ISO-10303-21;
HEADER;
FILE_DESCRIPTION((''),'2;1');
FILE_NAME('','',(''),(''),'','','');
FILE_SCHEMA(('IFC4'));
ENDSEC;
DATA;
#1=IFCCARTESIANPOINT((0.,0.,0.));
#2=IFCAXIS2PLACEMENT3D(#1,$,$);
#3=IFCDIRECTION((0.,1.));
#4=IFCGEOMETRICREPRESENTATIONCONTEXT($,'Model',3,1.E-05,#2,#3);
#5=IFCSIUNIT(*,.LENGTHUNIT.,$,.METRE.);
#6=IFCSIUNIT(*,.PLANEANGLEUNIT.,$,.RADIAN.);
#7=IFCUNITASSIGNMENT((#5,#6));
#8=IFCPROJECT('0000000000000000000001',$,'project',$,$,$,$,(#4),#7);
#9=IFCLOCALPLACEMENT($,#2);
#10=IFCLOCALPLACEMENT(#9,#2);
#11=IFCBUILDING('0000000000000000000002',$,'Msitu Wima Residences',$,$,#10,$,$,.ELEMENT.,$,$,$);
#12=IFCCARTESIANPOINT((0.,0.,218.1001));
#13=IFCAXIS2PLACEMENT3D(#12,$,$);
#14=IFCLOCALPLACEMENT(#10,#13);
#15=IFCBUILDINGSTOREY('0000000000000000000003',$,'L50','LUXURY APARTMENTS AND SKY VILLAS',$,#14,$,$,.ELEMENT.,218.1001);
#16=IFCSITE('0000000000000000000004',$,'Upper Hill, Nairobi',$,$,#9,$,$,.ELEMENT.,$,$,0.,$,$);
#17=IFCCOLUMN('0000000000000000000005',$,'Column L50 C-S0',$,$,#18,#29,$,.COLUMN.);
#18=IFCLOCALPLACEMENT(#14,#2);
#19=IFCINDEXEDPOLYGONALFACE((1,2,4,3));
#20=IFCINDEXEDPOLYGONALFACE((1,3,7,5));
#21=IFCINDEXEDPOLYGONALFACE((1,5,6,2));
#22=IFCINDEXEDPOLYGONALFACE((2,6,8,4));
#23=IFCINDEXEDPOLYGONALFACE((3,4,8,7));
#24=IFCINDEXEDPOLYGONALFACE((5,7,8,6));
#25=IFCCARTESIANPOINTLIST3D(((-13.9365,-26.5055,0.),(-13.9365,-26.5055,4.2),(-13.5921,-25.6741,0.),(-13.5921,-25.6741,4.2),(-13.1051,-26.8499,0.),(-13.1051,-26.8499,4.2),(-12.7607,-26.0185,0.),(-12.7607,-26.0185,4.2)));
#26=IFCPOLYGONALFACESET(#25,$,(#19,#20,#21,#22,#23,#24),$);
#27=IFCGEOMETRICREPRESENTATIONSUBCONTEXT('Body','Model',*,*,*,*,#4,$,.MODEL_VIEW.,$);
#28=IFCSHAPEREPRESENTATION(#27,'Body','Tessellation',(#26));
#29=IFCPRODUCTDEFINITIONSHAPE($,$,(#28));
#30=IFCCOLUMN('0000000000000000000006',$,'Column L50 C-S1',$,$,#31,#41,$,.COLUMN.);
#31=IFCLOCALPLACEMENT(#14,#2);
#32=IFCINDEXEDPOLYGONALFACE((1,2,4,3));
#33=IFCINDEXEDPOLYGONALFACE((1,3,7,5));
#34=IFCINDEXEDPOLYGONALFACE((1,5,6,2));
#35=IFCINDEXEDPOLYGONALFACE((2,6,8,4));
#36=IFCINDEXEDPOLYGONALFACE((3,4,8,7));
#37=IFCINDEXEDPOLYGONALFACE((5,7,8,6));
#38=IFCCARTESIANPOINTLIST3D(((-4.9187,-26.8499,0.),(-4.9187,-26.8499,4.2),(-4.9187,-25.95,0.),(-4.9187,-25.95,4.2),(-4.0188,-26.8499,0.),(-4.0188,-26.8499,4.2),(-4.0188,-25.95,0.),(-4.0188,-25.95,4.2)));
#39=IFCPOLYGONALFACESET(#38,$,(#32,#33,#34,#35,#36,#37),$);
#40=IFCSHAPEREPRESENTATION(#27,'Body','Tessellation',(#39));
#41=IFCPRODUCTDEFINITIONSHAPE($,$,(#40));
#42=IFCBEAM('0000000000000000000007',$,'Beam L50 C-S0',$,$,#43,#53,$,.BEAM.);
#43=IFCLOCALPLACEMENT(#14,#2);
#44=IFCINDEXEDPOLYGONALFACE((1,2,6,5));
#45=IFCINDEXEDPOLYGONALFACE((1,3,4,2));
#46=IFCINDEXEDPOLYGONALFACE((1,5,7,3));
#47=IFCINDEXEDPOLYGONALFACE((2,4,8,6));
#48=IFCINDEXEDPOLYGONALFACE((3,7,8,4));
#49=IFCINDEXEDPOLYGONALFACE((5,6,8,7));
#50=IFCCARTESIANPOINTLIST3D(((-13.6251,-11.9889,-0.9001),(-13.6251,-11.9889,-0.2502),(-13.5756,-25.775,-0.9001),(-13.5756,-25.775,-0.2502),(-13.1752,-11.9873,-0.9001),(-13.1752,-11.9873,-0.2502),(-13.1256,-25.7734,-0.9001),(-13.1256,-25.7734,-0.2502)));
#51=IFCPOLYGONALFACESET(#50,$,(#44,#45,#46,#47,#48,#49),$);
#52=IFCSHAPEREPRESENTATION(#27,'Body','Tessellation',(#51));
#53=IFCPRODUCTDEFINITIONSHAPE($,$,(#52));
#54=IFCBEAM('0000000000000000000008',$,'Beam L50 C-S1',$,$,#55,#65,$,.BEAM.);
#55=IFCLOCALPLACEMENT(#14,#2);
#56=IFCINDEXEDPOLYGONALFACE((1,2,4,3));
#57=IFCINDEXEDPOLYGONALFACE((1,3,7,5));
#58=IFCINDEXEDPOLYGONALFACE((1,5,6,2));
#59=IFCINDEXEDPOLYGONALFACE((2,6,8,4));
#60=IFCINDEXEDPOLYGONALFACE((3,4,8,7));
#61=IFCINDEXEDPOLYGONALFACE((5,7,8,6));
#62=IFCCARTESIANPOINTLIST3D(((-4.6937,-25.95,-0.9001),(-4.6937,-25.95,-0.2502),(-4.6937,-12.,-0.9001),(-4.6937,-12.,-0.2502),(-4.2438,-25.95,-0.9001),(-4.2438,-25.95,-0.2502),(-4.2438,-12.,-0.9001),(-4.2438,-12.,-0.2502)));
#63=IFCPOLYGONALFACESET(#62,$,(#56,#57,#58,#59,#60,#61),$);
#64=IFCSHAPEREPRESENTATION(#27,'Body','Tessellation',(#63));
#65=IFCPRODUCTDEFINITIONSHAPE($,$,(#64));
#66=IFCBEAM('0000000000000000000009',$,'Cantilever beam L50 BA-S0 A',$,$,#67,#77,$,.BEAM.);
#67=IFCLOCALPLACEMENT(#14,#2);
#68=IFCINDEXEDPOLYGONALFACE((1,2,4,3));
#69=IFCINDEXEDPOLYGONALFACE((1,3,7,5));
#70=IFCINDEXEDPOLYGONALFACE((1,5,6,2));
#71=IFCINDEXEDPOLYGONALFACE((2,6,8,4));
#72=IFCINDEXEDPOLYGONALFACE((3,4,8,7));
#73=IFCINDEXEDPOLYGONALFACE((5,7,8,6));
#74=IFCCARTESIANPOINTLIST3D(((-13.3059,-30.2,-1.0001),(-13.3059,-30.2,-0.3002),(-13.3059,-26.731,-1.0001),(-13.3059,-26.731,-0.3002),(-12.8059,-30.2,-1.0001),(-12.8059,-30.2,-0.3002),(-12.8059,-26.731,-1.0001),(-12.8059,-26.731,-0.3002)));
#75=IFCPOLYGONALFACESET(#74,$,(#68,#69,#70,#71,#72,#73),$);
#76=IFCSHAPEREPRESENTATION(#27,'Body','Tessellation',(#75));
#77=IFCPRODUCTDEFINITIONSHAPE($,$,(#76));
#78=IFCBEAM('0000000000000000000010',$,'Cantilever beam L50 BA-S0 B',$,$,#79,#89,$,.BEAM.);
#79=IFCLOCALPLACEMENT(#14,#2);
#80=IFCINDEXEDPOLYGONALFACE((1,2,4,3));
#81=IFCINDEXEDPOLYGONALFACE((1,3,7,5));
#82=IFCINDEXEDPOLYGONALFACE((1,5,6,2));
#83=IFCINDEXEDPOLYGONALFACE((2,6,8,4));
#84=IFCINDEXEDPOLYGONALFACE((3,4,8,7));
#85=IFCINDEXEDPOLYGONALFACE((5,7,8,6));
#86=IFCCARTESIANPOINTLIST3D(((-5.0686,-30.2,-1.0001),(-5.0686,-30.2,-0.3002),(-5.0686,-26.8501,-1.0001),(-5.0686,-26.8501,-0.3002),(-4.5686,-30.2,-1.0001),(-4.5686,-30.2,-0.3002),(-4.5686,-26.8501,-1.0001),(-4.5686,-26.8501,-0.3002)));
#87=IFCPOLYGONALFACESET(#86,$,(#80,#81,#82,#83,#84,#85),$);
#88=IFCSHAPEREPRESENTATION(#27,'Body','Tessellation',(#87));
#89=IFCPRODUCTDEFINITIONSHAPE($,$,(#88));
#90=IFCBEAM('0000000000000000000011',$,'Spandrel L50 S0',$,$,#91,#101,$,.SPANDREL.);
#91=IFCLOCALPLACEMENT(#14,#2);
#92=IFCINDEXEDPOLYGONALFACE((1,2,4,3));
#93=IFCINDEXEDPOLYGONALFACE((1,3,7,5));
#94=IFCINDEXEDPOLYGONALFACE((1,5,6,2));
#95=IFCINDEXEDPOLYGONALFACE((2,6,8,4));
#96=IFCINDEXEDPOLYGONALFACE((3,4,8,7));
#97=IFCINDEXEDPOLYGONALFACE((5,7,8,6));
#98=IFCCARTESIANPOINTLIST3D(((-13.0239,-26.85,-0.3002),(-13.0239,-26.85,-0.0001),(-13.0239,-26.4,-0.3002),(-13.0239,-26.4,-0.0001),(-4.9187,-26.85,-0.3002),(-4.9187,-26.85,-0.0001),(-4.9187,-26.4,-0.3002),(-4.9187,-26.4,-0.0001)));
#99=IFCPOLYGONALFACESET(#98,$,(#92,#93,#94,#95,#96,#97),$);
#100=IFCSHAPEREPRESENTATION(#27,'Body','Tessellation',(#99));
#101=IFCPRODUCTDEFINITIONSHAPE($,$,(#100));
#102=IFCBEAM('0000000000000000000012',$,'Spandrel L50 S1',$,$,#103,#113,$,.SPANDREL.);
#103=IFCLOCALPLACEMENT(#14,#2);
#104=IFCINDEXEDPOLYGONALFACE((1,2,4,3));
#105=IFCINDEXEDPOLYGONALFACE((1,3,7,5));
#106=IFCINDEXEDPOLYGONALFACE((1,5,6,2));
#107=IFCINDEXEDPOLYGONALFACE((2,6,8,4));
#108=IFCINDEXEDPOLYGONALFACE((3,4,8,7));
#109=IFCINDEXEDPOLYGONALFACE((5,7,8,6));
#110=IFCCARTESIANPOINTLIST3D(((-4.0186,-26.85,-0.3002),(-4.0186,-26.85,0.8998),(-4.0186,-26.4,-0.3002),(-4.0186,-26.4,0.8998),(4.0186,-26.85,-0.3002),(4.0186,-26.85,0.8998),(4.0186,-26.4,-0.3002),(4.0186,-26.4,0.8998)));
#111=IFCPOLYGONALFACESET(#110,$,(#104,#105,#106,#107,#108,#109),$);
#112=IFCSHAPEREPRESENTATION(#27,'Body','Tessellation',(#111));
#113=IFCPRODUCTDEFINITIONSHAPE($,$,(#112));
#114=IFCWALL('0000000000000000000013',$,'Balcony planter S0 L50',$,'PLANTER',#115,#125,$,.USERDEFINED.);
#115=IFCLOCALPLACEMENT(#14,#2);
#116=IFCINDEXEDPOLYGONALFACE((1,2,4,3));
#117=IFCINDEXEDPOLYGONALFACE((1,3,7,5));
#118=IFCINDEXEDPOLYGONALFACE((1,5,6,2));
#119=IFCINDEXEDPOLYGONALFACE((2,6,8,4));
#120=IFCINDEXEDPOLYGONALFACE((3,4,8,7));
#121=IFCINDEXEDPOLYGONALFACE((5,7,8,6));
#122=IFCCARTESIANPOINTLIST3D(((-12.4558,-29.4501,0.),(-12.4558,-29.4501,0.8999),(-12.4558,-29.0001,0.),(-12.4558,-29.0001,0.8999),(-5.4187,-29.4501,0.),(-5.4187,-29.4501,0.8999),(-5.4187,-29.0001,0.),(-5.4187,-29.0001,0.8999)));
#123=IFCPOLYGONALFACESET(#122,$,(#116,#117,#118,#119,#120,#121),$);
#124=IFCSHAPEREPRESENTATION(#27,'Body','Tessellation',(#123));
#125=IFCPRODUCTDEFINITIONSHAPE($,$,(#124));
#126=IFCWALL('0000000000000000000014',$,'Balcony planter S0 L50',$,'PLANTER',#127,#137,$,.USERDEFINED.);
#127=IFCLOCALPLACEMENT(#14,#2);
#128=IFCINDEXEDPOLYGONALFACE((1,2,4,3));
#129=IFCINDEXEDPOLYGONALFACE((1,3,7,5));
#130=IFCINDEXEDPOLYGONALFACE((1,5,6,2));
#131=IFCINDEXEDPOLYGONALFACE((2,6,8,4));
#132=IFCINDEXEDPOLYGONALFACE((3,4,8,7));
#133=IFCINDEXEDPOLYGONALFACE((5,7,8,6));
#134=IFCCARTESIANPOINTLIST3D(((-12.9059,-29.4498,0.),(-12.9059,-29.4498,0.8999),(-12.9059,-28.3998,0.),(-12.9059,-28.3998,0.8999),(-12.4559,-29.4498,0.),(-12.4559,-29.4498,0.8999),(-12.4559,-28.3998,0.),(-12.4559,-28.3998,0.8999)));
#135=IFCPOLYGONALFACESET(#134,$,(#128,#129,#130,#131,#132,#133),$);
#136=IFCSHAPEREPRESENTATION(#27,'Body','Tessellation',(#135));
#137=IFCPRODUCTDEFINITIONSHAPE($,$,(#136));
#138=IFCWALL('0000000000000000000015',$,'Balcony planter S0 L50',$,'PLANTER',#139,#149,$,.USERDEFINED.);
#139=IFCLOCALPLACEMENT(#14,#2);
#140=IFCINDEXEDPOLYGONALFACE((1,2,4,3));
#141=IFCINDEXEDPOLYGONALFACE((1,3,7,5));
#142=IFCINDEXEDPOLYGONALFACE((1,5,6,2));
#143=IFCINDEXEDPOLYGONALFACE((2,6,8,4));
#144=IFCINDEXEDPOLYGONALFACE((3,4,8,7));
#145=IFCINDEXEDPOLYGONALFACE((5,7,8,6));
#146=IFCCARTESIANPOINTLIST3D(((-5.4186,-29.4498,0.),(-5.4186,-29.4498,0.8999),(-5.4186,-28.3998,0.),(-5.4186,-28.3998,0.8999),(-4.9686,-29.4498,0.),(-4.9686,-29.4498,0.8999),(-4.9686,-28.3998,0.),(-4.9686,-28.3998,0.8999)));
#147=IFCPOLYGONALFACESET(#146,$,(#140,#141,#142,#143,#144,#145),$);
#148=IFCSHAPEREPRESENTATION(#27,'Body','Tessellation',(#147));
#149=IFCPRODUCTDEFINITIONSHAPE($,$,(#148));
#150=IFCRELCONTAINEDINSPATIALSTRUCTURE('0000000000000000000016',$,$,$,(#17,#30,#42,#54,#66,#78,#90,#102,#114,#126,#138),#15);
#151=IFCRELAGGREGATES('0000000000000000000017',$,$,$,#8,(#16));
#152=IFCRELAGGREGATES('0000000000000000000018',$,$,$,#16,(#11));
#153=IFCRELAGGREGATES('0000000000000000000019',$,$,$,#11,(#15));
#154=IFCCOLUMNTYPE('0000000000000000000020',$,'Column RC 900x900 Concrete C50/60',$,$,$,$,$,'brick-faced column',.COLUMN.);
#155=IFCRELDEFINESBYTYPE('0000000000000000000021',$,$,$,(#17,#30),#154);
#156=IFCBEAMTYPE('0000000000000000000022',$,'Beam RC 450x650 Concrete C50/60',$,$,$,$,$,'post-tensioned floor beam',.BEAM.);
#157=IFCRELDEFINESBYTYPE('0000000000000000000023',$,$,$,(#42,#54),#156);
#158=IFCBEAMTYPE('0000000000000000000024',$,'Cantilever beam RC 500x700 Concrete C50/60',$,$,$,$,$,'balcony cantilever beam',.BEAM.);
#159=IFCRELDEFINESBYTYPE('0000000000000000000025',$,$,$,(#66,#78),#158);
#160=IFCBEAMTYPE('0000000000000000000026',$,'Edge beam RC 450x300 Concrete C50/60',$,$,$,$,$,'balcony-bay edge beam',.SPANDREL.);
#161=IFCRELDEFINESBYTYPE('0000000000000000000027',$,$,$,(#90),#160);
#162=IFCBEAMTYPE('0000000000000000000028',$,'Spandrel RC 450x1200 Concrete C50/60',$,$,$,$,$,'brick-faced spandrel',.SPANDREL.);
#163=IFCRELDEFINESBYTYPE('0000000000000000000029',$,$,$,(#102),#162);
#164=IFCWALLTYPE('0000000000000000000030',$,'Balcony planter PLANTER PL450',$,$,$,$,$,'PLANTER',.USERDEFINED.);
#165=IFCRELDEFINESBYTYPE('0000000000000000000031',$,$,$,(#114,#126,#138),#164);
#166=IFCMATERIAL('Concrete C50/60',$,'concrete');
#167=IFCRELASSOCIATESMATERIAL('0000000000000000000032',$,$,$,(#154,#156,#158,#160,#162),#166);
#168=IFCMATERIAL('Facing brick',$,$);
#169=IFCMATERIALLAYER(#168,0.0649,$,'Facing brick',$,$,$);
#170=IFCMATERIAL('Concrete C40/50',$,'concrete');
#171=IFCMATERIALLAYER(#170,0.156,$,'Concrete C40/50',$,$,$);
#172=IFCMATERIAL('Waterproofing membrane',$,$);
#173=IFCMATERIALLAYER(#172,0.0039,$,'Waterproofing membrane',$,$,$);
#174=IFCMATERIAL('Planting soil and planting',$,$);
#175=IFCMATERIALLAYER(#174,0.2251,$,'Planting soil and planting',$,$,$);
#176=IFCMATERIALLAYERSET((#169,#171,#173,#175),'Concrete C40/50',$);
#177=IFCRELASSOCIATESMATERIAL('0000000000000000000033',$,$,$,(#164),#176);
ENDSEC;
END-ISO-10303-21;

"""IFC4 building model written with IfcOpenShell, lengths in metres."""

from ifc_helpers import new_model, si_unit, direction, frame, frame_2d, origin, origin_2d, place, context, subcontext, project, spatial, rectangle, extrude, material, layer, layer_set, material_profile, profile_set, type_object, element, save


model = new_model("IFC4")

# Units and contexts
model_context = context("Model", 3, precision=1e-05, world=origin(), true_north=direction((0.0, 1.0)))
body_context = subcontext(model_context, "Body", "Model", "MODEL_VIEW")
ifc_project = project(units=[si_unit("LENGTHUNIT", "METRE"), si_unit("PLANEANGLEUNIT", "RADIAN")], contexts=[model_context])

# Site, building, storey
site_placement = place(None, origin())
site = spatial("IfcSite", under=ifc_project, at=site_placement, Name="Upper Hill, Nairobi", CompositionType="ELEMENT", RefElevation=0.0)
building_placement = place(site_placement, origin())
building = spatial("IfcBuilding", under=site, at=building_placement, Name="Msitu Wima Residences", CompositionType="ELEMENT")
storey_placement = place(building_placement, frame((0.0, 0.0, 218.1001)))
storey = spatial("IfcBuildingStorey", under=building, at=storey_placement, Name="L50", Description="LUXURY APARTMENTS AND SKY VILLAS", CompositionType="ELEMENT", Elevation=218.1001)

# Columns
ifc_material_1 = material(Name="Concrete C50/60", Category="concrete")
ifc_material_profile_1 = material_profile(ifc_material_1, rectangle(XDim=0.8999, YDim=0.8999, at=origin_2d()), Name="RC 900x900")
ifc_profile_set_1 = profile_set([ifc_material_profile_1], Name="Concrete C50/60")
column_type = type_object("IfcColumnType", Name="Column RC 900x900 Concrete C50/60", ElementType="brick-faced column", PredefinedType="COLUMN", material=ifc_profile_set_1)
for number, where, z_axis, x_axis, name in (
    (1, (-13.3486, -26.262, 0.0), (0.0, 0.0, 1.0), (0.92388, -0.382683, 0.0), "Column L50 C-S0"),
    (2, (-4.4688, -26.3999, 0.0), (0.0, 0.0, 1.0), (1.0, 0.0, 0.0), "Column L50 C-S1"),
):
    element("IfcColumn", number, at=place(storey_placement, frame(where, z_axis=z_axis, x_axis=x_axis)), inside=storey, type_object=column_type, Name=name, PredefinedType="COLUMN", context=body_context, shape_type="SweptSolid", body=[
        extrude(rectangle(XDim=0.8999, YDim=0.8999, at=origin_2d()), origin(), (0.0, 0.0, 1.0), 4.2),
    ])

# Beams
ifc_material_profile_2 = material_profile(ifc_material_1, rectangle(XDim=0.45, YDim=0.6499, at=origin_2d()), Name="RC 450x650")
ifc_profile_set_2 = profile_set([ifc_material_profile_2], Name="Concrete C50/60")
beam_type_1 = type_object("IfcBeamType", Name="Beam RC 450x650 Concrete C50/60", ElementType="post-tensioned floor beam", PredefinedType="BEAM", material=ifc_profile_set_2)
beam_1_placement = place(storey_placement, frame((-13.3506, -25.7742, -0.5752), z_axis=(-0.003595, 0.999994, 0.0), x_axis=(-0.999994, -0.003595, 0.0)))
element("IfcBeam", 3, at=beam_1_placement, inside=storey, type_object=beam_type_1, Name="Beam L50 C-S0", PredefinedType="BEAM", context=body_context, shape_type="SweptSolid", body=[
    extrude(rectangle(XDim=0.45, YDim=0.6499, at=origin_2d()), origin(), (0.0, 0.0, 1.0), 13.7861),
])
beam_2_placement = place(storey_placement, frame((-4.4688, -25.95, -0.5752), z_axis=(0.0, 1.0, 0.0), x_axis=(-1.0, 0.0, 0.0)))
element("IfcBeam", 4, at=beam_2_placement, inside=storey, type_object=beam_type_1, Name="Beam L50 C-S1", PredefinedType="BEAM", context=body_context, shape_type="SweptSolid", body=[
    extrude(rectangle(XDim=0.45, YDim=0.6499, at=origin_2d()), origin(), (0.0, 0.0, 1.0), 13.95),
])
ifc_material_profile_3 = material_profile(ifc_material_1, rectangle(XDim=0.5, YDim=0.7, at=origin_2d()), Name="RC 500x700")
ifc_profile_set_3 = profile_set([ifc_material_profile_3], Name="Concrete C50/60")
beam_type_2 = type_object("IfcBeamType", Name="Cantilever beam RC 500x700 Concrete C50/60", ElementType="balcony cantilever beam", PredefinedType="BEAM", material=ifc_profile_set_3)
beam_3_placement = place(storey_placement, frame((-13.0559, -26.731, -0.6501), z_axis=(0.0, -1.0, 0.0), x_axis=(1.0, 0.0, 0.0)))
element("IfcBeam", 5, at=beam_3_placement, inside=storey, type_object=beam_type_2, Name="Cantilever beam L50 BA-S0 A", PredefinedType="BEAM", context=body_context, shape_type="SweptSolid", body=[
    extrude(rectangle(XDim=0.5, YDim=0.7, at=origin_2d()), origin(), (0.0, 0.0, 1.0), 3.469),
])
beam_4_placement = place(storey_placement, frame((-4.8186, -26.8501, -0.6501), z_axis=(0.0, -1.0, 0.0), x_axis=(1.0, 0.0, 0.0)))
element("IfcBeam", 6, at=beam_4_placement, inside=storey, type_object=beam_type_2, Name="Cantilever beam L50 BA-S0 B", PredefinedType="BEAM", context=body_context, shape_type="SweptSolid", body=[
    extrude(rectangle(XDim=0.5, YDim=0.7, at=origin_2d()), origin(), (0.0, 0.0, 1.0), 3.3499),
])
ifc_material_profile_4 = material_profile(ifc_material_1, rectangle(XDim=0.45, YDim=0.3, at=origin_2d()), Name="RC 450x300")
ifc_profile_set_4 = profile_set([ifc_material_profile_4], Name="Concrete C50/60")
beam_type_3 = type_object("IfcBeamType", Name="Edge beam RC 450x300 Concrete C50/60", ElementType="balcony-bay edge beam", PredefinedType="SPANDREL", material=ifc_profile_set_4)
beam_5_placement = place(storey_placement, frame((-13.0239, -26.625, -0.1501), z_axis=(1.0, 0.0, 0.0), x_axis=(0.0, 1.0, 0.0)))
element("IfcBeam", 7, at=beam_5_placement, inside=storey, type_object=beam_type_3, Name="Spandrel L50 S0", PredefinedType="SPANDREL", context=body_context, shape_type="SweptSolid", body=[
    extrude(rectangle(XDim=0.45, YDim=0.3, at=origin_2d()), origin(), (0.0, 0.0, 1.0), 8.1052),
])
ifc_material_profile_5 = material_profile(ifc_material_1, rectangle(XDim=0.45, YDim=1.2, at=origin_2d()), Name="RC 450x1200")
ifc_profile_set_5 = profile_set([ifc_material_profile_5], Name="Concrete C50/60")
beam_type_4 = type_object("IfcBeamType", Name="Spandrel RC 450x1200 Concrete C50/60", ElementType="brick-faced spandrel", PredefinedType="SPANDREL", material=ifc_profile_set_5)
beam_6_placement = place(storey_placement, frame((-4.0186, -26.625, 0.2998), z_axis=(1.0, 0.0, 0.0), x_axis=(0.0, 1.0, 0.0)))
element("IfcBeam", 8, at=beam_6_placement, inside=storey, type_object=beam_type_4, Name="Spandrel L50 S1", PredefinedType="SPANDREL", context=body_context, shape_type="SweptSolid", body=[
    extrude(rectangle(XDim=0.45, YDim=1.2, at=origin_2d()), origin(), (0.0, 0.0, 1.0), 8.0371),
])

# Walls
ifc_material_2 = material(Name="Facing brick")
ifc_layer_1 = layer(ifc_material_2, 0.0649, Name="Facing brick")
ifc_material_3 = material(Name="Concrete C40/50", Category="concrete")
ifc_layer_2 = layer(ifc_material_3, 0.156, Name="Concrete C40/50")
ifc_material_4 = material(Name="Waterproofing membrane")
ifc_layer_3 = layer(ifc_material_4, 0.0039, Name="Waterproofing membrane")
ifc_material_5 = material(Name="Planting soil and planting")
ifc_layer_4 = layer(ifc_material_5, 0.2251, Name="Planting soil and planting")
ifc_layer_set_1 = layer_set([ifc_layer_1, ifc_layer_2, ifc_layer_3, ifc_layer_4], Name="Concrete C40/50")
wall_type_1 = type_object("IfcWallType", Name="Balcony planter PLANTER PL450", ElementType="PLANTER", PredefinedType="USERDEFINED", material=ifc_layer_set_1)
wall_1_placement = place(storey_placement, frame((-12.4558, -29.2251, 0.0), z_axis=(0.0, 0.0, 1.0), x_axis=(1.0, 0.0, 0.0)))
element("IfcWall", 9, at=wall_1_placement, inside=storey, type_object=wall_type_1, Name="Balcony planter S0 L50", ObjectType="PLANTER", PredefinedType="USERDEFINED", context=body_context, shape_type="SweptSolid", body=[
    extrude(rectangle(XDim=7.0371, YDim=0.45, at=frame_2d((3.5186, 0.0))), origin(), (0.0, 0.0, 1.0), 0.8999),
])
for number, where, z_axis, x_axis, name in (
    (10, (-12.6809, -28.3999, 0.0), (0.0, 0.0, 1.0), (0.0, -1.0, 0.0), "Balcony planter S0 L50"),
    (11, (-5.1936, -28.3999, 0.0), (0.0, 0.0, 1.0), (0.0, -1.0, 0.0), "Balcony planter S0 L50"),
):
    element("IfcWall", number, at=place(storey_placement, frame(where, z_axis=z_axis, x_axis=x_axis)), inside=storey, type_object=wall_type_1, Name=name, ObjectType="PLANTER", PredefinedType="USERDEFINED", context=body_context, shape_type="SweptSolid", body=[
        extrude(rectangle(XDim=1.05, YDim=0.45, at=frame_2d((0.5249, 0.0))), origin(), (0.0, 0.0, 1.0), 0.8999),
    ])

save(model, "model.ifc")
